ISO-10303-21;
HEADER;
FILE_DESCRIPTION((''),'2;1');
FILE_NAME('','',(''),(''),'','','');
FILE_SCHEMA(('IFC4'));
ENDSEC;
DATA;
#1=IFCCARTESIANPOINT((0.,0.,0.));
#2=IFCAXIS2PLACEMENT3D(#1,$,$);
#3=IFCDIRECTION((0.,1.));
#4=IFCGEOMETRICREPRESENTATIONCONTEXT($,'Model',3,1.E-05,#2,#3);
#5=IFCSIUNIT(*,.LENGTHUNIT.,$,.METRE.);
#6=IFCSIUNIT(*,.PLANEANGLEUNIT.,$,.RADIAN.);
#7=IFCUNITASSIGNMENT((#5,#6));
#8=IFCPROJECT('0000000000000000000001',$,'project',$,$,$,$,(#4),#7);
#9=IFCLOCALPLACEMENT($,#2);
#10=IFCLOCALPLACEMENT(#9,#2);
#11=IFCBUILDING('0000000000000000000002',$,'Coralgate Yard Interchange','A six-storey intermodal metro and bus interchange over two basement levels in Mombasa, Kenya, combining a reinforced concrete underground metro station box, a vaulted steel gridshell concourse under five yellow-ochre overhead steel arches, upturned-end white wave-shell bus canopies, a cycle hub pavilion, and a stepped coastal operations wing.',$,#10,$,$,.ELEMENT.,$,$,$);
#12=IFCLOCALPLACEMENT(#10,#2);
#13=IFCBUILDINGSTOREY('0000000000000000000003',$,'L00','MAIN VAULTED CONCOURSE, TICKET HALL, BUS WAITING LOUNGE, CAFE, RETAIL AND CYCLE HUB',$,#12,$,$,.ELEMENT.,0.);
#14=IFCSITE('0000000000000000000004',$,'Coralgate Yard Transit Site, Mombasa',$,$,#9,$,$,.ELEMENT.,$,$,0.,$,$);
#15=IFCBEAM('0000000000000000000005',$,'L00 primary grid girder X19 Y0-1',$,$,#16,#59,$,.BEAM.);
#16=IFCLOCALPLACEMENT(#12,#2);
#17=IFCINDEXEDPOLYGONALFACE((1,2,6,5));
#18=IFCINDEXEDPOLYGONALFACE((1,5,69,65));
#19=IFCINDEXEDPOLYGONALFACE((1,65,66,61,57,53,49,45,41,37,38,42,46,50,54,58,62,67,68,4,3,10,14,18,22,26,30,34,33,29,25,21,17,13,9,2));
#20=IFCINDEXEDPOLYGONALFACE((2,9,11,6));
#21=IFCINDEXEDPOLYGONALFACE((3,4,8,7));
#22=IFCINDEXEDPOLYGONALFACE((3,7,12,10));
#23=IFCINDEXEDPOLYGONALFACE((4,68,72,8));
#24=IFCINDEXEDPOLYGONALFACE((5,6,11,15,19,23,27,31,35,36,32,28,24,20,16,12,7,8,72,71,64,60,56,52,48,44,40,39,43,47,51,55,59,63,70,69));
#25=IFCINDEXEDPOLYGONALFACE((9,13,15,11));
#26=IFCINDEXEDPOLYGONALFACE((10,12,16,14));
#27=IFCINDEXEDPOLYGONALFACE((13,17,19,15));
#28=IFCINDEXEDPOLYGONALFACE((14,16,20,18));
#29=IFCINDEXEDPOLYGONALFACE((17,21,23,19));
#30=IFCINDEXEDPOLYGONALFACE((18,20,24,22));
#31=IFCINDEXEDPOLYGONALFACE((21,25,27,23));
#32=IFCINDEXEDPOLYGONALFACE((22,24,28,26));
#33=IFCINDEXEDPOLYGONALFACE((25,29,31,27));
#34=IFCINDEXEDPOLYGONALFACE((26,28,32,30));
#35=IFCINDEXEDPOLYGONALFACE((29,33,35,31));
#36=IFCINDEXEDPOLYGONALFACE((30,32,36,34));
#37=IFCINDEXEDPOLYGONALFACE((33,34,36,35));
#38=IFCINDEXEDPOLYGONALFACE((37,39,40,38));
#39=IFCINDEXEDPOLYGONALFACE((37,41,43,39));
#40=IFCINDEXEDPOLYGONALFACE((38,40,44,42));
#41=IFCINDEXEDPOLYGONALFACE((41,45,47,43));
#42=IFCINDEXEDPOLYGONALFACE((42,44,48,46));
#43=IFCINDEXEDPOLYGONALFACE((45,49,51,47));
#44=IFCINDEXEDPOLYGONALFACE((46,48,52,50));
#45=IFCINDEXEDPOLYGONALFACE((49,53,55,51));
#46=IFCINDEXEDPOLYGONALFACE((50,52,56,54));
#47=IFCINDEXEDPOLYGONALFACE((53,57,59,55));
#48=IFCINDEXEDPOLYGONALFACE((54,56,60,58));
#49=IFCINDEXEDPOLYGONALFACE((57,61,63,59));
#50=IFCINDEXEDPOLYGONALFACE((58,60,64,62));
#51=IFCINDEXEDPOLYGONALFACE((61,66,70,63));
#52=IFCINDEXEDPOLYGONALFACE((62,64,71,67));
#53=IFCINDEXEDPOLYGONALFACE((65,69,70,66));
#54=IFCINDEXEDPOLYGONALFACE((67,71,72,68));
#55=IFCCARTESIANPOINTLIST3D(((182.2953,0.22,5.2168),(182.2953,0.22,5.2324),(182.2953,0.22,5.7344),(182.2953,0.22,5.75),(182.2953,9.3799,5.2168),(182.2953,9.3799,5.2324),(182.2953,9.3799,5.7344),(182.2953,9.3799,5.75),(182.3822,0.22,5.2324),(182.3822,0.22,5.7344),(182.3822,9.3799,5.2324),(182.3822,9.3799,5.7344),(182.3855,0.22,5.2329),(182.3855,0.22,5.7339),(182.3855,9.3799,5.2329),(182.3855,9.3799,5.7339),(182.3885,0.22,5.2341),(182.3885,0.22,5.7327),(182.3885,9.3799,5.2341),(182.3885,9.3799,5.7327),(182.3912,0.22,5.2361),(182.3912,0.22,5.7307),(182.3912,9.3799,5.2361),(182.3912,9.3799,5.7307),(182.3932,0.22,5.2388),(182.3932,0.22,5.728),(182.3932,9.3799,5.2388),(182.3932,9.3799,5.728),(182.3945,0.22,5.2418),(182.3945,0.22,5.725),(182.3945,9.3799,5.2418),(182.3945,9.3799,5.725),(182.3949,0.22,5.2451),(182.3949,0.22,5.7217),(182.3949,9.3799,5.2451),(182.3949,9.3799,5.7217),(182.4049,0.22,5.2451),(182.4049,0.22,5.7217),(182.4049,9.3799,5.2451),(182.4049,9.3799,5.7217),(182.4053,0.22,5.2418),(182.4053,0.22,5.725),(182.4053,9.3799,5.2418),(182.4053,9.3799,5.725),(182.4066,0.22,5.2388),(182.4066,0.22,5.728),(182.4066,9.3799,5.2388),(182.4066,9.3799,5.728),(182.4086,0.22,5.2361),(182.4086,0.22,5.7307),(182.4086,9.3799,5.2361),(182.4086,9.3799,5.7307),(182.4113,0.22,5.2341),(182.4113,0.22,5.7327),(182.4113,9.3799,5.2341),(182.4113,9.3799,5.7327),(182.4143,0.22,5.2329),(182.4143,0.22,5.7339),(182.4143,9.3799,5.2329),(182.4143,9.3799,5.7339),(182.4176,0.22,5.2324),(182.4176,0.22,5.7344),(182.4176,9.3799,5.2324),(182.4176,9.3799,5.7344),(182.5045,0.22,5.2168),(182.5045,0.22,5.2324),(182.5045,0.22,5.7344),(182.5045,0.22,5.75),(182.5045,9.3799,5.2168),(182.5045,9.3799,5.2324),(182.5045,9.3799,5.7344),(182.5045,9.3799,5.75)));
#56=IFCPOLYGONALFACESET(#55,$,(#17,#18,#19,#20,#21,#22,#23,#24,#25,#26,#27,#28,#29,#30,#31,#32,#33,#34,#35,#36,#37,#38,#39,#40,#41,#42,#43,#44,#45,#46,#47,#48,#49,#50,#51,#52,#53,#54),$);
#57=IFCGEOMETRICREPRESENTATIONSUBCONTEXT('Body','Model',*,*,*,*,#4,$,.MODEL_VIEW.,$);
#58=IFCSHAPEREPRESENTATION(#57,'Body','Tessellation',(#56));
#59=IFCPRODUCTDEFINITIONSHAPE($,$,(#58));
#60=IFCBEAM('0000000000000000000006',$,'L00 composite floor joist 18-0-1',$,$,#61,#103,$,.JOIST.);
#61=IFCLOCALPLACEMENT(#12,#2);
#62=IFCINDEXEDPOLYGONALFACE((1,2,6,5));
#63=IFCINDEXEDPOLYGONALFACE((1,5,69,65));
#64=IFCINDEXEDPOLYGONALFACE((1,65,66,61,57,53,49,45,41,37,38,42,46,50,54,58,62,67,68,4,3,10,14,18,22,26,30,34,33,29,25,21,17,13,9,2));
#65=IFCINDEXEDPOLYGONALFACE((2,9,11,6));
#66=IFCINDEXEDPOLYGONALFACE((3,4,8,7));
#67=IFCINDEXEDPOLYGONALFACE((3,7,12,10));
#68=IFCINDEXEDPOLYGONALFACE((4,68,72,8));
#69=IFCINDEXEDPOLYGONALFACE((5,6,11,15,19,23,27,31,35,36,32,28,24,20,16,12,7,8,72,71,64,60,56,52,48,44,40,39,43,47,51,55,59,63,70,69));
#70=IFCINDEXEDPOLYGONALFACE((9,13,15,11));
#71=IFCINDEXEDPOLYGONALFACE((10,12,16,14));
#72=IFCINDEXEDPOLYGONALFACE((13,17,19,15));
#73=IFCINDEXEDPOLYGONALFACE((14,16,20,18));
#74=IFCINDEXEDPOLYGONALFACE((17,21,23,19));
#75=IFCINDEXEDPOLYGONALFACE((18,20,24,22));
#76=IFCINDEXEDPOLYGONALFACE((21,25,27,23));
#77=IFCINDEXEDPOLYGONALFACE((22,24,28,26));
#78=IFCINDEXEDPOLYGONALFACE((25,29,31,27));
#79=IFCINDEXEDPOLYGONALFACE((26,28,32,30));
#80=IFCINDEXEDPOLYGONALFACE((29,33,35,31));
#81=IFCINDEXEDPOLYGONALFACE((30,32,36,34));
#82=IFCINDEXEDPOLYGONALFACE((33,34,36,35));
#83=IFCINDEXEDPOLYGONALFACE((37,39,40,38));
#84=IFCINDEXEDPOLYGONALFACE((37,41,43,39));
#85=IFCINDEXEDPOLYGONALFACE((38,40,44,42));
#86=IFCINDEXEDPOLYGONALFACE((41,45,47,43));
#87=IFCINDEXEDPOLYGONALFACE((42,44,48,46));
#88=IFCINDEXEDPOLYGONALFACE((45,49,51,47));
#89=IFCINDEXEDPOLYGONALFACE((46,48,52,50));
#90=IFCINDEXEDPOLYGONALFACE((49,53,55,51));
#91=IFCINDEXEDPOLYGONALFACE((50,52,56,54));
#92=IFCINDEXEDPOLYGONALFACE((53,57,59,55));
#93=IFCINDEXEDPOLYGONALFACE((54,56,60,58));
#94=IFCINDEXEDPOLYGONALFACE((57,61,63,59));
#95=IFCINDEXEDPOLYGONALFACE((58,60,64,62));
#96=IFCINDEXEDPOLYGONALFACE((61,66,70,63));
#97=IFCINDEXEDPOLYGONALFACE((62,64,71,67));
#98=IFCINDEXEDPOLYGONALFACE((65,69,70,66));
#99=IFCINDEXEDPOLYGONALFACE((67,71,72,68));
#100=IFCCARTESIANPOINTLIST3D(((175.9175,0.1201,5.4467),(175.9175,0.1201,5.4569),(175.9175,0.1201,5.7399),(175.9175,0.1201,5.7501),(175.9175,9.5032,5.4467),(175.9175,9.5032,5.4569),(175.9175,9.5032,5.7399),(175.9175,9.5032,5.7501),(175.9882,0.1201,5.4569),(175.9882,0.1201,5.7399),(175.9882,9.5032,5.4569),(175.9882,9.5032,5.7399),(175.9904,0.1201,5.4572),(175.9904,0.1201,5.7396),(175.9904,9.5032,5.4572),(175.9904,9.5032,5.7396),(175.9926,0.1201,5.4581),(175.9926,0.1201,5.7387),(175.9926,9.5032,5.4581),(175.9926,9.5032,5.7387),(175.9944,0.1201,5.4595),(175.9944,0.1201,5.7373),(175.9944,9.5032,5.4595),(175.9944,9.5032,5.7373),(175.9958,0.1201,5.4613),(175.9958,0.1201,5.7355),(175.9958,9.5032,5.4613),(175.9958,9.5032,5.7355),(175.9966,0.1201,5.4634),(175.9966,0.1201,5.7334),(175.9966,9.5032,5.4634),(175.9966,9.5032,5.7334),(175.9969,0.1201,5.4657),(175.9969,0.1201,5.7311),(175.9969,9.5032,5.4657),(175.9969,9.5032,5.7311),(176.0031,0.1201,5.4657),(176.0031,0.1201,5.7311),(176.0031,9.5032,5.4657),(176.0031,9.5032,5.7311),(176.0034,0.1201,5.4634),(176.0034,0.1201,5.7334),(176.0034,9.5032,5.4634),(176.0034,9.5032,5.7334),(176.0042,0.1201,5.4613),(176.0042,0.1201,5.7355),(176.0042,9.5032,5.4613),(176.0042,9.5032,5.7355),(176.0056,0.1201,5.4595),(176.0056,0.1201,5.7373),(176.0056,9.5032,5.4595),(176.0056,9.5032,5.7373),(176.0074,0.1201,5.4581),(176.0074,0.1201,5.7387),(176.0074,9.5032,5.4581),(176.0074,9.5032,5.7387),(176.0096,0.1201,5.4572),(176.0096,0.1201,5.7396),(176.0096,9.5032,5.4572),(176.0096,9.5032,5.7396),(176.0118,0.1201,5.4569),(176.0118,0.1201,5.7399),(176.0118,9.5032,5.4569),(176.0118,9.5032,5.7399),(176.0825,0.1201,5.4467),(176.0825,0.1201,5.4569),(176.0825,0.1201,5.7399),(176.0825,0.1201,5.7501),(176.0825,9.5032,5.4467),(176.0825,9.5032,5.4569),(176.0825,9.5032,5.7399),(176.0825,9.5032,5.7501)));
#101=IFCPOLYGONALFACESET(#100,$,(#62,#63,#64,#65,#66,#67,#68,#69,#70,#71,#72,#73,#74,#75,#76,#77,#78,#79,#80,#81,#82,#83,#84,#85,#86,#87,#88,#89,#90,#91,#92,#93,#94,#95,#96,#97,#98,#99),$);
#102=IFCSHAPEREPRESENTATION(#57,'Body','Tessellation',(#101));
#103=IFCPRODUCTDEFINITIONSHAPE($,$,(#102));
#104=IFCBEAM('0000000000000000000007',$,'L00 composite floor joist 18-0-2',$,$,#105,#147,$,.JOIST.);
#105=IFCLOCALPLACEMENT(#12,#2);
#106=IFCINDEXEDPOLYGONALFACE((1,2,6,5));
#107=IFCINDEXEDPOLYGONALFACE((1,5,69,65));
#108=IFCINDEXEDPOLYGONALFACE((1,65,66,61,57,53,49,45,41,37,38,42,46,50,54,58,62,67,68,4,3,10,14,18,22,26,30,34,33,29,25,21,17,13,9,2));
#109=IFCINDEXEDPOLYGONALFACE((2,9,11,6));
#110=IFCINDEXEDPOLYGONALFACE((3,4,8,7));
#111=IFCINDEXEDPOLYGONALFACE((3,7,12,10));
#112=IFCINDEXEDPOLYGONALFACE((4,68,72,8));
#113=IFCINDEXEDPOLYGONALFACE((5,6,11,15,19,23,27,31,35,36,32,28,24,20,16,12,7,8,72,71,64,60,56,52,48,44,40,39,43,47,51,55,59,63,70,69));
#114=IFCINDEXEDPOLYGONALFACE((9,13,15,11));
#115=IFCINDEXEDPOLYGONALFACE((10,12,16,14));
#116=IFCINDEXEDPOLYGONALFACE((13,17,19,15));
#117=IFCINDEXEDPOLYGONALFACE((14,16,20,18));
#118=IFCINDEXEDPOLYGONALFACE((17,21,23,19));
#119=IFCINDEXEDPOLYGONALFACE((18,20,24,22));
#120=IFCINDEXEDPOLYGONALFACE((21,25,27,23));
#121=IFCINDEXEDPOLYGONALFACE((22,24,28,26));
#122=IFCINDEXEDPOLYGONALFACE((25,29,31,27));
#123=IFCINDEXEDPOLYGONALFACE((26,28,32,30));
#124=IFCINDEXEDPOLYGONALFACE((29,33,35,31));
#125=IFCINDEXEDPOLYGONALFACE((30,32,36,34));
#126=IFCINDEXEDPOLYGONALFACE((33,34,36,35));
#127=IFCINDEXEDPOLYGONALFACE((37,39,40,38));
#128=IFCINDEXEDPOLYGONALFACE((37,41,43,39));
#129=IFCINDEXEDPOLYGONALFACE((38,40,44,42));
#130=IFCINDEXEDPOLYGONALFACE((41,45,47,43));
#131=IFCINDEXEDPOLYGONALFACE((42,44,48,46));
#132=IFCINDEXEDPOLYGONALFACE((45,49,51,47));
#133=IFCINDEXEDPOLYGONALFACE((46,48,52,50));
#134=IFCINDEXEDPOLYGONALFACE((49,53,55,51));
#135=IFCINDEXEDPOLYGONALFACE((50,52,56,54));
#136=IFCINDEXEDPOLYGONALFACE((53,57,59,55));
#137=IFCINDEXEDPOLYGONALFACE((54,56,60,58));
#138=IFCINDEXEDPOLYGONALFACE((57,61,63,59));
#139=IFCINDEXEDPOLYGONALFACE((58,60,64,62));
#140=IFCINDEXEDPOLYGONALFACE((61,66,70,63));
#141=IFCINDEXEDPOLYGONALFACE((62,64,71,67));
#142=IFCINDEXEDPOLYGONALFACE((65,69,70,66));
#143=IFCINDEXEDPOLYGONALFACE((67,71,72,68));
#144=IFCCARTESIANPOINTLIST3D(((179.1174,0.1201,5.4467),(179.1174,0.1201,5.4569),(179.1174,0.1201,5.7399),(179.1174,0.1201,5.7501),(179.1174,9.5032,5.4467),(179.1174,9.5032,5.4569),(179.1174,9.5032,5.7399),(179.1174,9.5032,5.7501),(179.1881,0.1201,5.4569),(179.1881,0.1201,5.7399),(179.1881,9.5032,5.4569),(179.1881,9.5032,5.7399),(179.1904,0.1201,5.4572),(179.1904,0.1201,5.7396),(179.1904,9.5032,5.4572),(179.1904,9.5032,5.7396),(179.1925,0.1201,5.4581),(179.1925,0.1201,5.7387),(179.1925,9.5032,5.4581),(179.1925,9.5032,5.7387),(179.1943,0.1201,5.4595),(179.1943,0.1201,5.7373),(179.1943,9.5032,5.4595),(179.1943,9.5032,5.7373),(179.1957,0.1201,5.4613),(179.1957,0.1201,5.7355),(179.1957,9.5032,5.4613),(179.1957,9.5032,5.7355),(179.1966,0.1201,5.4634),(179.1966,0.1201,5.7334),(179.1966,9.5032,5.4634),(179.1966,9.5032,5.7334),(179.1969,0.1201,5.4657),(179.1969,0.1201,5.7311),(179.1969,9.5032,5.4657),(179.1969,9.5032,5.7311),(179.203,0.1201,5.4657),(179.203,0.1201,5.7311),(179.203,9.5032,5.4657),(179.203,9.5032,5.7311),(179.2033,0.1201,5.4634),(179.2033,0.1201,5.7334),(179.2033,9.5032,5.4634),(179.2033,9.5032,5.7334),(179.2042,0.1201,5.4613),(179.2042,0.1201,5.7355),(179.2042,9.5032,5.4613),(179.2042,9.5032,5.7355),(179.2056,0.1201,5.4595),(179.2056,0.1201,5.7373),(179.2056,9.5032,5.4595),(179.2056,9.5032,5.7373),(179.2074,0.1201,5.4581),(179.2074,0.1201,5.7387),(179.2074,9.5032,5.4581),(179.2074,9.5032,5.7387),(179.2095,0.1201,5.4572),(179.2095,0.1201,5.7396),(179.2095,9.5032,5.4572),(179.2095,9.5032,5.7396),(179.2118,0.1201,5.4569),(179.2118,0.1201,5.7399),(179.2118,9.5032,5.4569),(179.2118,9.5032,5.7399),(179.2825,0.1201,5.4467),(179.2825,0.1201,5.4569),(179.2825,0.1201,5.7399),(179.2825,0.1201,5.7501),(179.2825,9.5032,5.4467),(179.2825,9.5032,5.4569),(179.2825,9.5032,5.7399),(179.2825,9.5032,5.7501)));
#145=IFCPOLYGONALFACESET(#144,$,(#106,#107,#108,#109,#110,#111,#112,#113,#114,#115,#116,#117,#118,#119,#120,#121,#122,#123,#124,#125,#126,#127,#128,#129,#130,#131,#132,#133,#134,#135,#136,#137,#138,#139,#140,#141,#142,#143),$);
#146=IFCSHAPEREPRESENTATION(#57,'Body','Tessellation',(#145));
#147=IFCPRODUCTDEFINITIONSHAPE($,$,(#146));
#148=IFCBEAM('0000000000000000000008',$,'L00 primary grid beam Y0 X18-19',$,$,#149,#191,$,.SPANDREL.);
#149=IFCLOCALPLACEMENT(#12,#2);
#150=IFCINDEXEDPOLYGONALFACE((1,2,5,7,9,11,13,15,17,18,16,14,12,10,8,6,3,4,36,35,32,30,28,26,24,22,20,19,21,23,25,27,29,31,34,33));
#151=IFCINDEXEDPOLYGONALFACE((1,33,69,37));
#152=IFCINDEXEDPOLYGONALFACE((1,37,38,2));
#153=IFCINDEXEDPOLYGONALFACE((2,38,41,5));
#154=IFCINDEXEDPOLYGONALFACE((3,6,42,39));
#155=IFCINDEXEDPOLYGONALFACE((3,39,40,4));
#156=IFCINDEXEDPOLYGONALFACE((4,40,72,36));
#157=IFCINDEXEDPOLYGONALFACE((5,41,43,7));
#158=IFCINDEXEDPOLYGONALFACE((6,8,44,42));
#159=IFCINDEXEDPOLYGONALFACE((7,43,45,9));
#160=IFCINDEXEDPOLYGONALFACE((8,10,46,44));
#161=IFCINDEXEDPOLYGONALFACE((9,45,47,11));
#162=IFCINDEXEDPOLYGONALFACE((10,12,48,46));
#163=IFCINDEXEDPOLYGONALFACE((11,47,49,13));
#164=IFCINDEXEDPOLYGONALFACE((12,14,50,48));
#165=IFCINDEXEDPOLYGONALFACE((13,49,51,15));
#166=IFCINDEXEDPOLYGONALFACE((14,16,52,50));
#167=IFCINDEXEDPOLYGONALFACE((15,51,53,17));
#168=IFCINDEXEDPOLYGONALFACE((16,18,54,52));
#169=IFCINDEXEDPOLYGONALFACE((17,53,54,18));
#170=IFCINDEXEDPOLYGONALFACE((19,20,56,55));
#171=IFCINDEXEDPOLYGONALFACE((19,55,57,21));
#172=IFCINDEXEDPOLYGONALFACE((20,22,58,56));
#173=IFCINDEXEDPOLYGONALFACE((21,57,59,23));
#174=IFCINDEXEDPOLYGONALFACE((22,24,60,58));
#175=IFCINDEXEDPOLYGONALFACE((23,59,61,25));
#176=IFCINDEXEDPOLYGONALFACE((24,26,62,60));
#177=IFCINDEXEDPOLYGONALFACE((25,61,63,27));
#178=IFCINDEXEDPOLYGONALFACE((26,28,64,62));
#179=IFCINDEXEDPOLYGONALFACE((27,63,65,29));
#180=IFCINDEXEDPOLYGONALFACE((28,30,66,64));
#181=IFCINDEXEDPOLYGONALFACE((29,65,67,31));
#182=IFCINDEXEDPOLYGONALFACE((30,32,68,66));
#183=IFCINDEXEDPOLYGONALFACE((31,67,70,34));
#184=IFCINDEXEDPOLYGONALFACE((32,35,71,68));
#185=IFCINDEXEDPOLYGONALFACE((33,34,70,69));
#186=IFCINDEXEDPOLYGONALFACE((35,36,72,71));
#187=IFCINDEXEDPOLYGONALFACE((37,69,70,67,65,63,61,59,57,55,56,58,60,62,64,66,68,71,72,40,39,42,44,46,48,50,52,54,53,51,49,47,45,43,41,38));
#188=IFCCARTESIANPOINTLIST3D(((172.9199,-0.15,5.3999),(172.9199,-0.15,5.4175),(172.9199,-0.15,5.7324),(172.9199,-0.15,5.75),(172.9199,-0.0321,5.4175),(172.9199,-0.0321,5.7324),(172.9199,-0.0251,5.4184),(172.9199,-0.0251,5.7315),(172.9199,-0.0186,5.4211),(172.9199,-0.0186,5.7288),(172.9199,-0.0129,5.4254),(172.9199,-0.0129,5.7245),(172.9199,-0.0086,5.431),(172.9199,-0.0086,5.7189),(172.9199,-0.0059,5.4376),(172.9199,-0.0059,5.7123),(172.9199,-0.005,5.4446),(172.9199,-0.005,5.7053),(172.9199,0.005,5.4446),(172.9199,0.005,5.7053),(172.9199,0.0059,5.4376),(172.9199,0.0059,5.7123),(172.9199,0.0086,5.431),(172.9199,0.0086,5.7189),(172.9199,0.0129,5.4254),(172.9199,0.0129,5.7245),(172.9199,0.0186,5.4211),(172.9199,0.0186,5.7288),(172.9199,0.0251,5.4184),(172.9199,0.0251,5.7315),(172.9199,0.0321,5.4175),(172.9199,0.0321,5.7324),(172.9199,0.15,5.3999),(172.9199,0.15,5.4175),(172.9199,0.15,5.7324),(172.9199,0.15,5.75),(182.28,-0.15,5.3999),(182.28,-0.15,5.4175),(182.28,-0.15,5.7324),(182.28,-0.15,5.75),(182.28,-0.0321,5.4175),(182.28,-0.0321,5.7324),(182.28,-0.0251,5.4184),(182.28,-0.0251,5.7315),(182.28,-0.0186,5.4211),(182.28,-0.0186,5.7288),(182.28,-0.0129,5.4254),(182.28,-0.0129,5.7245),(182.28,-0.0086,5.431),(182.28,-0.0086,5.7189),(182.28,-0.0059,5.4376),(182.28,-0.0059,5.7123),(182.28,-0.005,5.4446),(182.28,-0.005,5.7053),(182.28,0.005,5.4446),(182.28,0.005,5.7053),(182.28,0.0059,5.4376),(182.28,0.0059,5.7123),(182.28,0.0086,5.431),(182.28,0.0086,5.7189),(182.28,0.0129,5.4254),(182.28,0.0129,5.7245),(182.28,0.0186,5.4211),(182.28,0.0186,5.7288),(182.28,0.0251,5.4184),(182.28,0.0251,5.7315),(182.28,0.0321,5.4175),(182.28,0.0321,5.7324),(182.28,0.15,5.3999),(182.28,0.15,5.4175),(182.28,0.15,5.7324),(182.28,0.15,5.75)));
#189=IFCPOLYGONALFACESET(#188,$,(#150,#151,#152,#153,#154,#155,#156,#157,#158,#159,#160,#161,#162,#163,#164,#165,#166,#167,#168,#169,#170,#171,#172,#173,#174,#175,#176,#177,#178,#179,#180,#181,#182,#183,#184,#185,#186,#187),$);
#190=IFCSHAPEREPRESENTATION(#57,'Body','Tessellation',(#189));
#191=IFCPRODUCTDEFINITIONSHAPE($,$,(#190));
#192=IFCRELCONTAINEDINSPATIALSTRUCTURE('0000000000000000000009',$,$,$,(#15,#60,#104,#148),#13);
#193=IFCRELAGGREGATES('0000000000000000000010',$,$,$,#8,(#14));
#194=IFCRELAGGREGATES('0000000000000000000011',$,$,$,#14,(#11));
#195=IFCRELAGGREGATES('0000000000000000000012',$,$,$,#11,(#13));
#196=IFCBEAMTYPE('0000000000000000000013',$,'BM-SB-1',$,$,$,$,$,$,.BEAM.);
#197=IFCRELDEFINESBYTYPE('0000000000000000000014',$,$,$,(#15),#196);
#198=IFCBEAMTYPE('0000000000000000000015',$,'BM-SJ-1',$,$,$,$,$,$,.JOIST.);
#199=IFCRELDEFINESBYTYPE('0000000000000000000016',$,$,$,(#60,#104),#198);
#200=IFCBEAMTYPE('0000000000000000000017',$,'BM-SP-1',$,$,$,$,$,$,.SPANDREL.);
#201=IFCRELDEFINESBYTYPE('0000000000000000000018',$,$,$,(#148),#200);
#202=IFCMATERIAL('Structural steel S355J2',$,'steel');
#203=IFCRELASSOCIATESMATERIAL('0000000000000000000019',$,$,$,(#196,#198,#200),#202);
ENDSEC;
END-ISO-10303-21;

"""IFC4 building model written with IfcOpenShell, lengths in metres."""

from ifc_helpers import new_model, si_unit, direction, frame, origin, origin_2d, place, context, subcontext, project, spatial, i_section, extrude, material, material_profile, profile_set, type_object, element, save


model = new_model("IFC4")

# Units and contexts
model_context = context("Model", 3, precision=1e-05, world=origin(), true_north=direction((0.0, 1.0)))
body_context = subcontext(model_context, "Body", "Model", "MODEL_VIEW")
ifc_project = project(units=[si_unit("LENGTHUNIT", "METRE"), si_unit("PLANEANGLEUNIT", "RADIAN")], contexts=[model_context])

# Site, building, storey
site_placement = place(None, origin())
site = spatial("IfcSite", under=ifc_project, at=site_placement, Name="Coralgate Yard Transit Site, Mombasa", CompositionType="ELEMENT", RefElevation=0.0)
building_placement = place(site_placement, origin())
building = spatial("IfcBuilding", under=site, at=building_placement, Name="Coralgate Yard Interchange", Description="A six-storey intermodal metro and bus interchange over two basement levels in Mombasa, Kenya, combining a reinforced concrete underground metro station box, a vaulted steel gridshell concourse under five yellow-ochre overhead steel arches, upturned-end white wave-shell bus canopies, a cycle hub pavilion, and a stepped coastal operations wing.", CompositionType="ELEMENT")
storey_placement = place(building_placement, origin())
storey = spatial("IfcBuildingStorey", under=building, at=storey_placement, Name="L00", Description="MAIN VAULTED CONCOURSE, TICKET HALL, BUS WAITING LOUNGE, CAFE, RETAIL AND CYCLE HUB", CompositionType="ELEMENT", Elevation=0.0)

# Shared definitions
ifc_material_1 = material(Name="Structural steel S355J2", Category="steel")

# Beams
ifc_material_profile_1 = material_profile(ifc_material_1, i_section(OverallWidth=0.2092, OverallDepth=0.5332, WebThickness=0.01, FlangeThickness=0.0156, FilletRadius=0.0127, at=origin_2d()), Name="UB 533x210x92")
ifc_profile_set_1 = profile_set([ifc_material_profile_1], Name="Structural steel S355J2")
beam_type_1 = type_object("IfcBeamType", Name="BM-SB-1", PredefinedType="BEAM", material=ifc_profile_set_1)
beam_1_placement = place(storey_placement, frame((182.3999, 0.22, 5.4834), z_axis=(0.0, 1.0, 0.0), x_axis=(-1.0, 0.0, 0.0)))
element("IfcBeam", 1, at=beam_1_placement, inside=storey, type_object=beam_type_1, Name="L00 primary grid girder X19 Y0-1", PredefinedType="BEAM", context=body_context, shape_type="SweptSolid", body=[
    extrude(i_section(OverallWidth=0.2092, OverallDepth=0.5332, WebThickness=0.01, FlangeThickness=0.0156, FilletRadius=0.0127, at=origin_2d()), origin(), (0.0, 0.0, 1.0), 9.1599),
])
ifc_material_profile_2 = material_profile(ifc_material_1, i_section(OverallWidth=0.165, OverallDepth=0.3035, WebThickness=0.0061, FlangeThickness=0.0103, FilletRadius=0.0088, at=origin_2d()), Name="UB 305x165x40")
ifc_profile_set_2 = profile_set([ifc_material_profile_2], Name="Structural steel S355J2")
beam_type_2 = type_object("IfcBeamType", Name="BM-SJ-1", PredefinedType="JOIST", material=ifc_profile_set_2)
for number, where, z_axis, x_axis, name in (
    (2, (176.0, 0.1201, 5.5984), (0.0, 1.0, 0.0), (-1.0, 0.0, 0.0), "L00 composite floor joist 18-0-1"),
    (3, (179.2, 0.1201, 5.5984), (0.0, 1.0, 0.0), (-1.0, 0.0, 0.0), "L00 composite floor joist 18-0-2"),
):
    element("IfcBeam", number, at=place(storey_placement, frame(where, z_axis=z_axis, x_axis=x_axis)), inside=storey, type_object=beam_type_2, Name=name, PredefinedType="JOIST", context=body_context, shape_type="SweptSolid", body=[
        extrude(i_section(OverallWidth=0.165, OverallDepth=0.3035, WebThickness=0.0061, FlangeThickness=0.0103, FilletRadius=0.0088, at=origin_2d()), origin(), (0.0, 0.0, 1.0), 9.3831),
    ])
ifc_material_profile_3 = material_profile(ifc_material_1, i_section(OverallWidth=0.3, OverallDepth=0.3501, WebThickness=0.01, FlangeThickness=0.0176, FilletRadius=0.0271, at=origin_2d()), Name="HEA 360")
ifc_profile_set_3 = profile_set([ifc_material_profile_3], Name="Structural steel S355J2")
beam_type_3 = type_object("IfcBeamType", Name="BM-SP-1", PredefinedType="SPANDREL", material=ifc_profile_set_3)
beam_2_placement = place(storey_placement, frame((172.9199, 0.0, 5.575), z_axis=(1.0, 0.0, 0.0), x_axis=(0.0, 1.0, 0.0)))
element("IfcBeam", 4, at=beam_2_placement, inside=storey, type_object=beam_type_3, Name="L00 primary grid beam Y0 X18-19", PredefinedType="SPANDREL", context=body_context, shape_type="SweptSolid", body=[
    extrude(i_section(OverallWidth=0.3, OverallDepth=0.3501, WebThickness=0.01, FlangeThickness=0.0176, FilletRadius=0.0271, at=origin_2d()), origin(), (0.0, 0.0, 1.0), 9.3601),
])

save(model, "model.ifc")
